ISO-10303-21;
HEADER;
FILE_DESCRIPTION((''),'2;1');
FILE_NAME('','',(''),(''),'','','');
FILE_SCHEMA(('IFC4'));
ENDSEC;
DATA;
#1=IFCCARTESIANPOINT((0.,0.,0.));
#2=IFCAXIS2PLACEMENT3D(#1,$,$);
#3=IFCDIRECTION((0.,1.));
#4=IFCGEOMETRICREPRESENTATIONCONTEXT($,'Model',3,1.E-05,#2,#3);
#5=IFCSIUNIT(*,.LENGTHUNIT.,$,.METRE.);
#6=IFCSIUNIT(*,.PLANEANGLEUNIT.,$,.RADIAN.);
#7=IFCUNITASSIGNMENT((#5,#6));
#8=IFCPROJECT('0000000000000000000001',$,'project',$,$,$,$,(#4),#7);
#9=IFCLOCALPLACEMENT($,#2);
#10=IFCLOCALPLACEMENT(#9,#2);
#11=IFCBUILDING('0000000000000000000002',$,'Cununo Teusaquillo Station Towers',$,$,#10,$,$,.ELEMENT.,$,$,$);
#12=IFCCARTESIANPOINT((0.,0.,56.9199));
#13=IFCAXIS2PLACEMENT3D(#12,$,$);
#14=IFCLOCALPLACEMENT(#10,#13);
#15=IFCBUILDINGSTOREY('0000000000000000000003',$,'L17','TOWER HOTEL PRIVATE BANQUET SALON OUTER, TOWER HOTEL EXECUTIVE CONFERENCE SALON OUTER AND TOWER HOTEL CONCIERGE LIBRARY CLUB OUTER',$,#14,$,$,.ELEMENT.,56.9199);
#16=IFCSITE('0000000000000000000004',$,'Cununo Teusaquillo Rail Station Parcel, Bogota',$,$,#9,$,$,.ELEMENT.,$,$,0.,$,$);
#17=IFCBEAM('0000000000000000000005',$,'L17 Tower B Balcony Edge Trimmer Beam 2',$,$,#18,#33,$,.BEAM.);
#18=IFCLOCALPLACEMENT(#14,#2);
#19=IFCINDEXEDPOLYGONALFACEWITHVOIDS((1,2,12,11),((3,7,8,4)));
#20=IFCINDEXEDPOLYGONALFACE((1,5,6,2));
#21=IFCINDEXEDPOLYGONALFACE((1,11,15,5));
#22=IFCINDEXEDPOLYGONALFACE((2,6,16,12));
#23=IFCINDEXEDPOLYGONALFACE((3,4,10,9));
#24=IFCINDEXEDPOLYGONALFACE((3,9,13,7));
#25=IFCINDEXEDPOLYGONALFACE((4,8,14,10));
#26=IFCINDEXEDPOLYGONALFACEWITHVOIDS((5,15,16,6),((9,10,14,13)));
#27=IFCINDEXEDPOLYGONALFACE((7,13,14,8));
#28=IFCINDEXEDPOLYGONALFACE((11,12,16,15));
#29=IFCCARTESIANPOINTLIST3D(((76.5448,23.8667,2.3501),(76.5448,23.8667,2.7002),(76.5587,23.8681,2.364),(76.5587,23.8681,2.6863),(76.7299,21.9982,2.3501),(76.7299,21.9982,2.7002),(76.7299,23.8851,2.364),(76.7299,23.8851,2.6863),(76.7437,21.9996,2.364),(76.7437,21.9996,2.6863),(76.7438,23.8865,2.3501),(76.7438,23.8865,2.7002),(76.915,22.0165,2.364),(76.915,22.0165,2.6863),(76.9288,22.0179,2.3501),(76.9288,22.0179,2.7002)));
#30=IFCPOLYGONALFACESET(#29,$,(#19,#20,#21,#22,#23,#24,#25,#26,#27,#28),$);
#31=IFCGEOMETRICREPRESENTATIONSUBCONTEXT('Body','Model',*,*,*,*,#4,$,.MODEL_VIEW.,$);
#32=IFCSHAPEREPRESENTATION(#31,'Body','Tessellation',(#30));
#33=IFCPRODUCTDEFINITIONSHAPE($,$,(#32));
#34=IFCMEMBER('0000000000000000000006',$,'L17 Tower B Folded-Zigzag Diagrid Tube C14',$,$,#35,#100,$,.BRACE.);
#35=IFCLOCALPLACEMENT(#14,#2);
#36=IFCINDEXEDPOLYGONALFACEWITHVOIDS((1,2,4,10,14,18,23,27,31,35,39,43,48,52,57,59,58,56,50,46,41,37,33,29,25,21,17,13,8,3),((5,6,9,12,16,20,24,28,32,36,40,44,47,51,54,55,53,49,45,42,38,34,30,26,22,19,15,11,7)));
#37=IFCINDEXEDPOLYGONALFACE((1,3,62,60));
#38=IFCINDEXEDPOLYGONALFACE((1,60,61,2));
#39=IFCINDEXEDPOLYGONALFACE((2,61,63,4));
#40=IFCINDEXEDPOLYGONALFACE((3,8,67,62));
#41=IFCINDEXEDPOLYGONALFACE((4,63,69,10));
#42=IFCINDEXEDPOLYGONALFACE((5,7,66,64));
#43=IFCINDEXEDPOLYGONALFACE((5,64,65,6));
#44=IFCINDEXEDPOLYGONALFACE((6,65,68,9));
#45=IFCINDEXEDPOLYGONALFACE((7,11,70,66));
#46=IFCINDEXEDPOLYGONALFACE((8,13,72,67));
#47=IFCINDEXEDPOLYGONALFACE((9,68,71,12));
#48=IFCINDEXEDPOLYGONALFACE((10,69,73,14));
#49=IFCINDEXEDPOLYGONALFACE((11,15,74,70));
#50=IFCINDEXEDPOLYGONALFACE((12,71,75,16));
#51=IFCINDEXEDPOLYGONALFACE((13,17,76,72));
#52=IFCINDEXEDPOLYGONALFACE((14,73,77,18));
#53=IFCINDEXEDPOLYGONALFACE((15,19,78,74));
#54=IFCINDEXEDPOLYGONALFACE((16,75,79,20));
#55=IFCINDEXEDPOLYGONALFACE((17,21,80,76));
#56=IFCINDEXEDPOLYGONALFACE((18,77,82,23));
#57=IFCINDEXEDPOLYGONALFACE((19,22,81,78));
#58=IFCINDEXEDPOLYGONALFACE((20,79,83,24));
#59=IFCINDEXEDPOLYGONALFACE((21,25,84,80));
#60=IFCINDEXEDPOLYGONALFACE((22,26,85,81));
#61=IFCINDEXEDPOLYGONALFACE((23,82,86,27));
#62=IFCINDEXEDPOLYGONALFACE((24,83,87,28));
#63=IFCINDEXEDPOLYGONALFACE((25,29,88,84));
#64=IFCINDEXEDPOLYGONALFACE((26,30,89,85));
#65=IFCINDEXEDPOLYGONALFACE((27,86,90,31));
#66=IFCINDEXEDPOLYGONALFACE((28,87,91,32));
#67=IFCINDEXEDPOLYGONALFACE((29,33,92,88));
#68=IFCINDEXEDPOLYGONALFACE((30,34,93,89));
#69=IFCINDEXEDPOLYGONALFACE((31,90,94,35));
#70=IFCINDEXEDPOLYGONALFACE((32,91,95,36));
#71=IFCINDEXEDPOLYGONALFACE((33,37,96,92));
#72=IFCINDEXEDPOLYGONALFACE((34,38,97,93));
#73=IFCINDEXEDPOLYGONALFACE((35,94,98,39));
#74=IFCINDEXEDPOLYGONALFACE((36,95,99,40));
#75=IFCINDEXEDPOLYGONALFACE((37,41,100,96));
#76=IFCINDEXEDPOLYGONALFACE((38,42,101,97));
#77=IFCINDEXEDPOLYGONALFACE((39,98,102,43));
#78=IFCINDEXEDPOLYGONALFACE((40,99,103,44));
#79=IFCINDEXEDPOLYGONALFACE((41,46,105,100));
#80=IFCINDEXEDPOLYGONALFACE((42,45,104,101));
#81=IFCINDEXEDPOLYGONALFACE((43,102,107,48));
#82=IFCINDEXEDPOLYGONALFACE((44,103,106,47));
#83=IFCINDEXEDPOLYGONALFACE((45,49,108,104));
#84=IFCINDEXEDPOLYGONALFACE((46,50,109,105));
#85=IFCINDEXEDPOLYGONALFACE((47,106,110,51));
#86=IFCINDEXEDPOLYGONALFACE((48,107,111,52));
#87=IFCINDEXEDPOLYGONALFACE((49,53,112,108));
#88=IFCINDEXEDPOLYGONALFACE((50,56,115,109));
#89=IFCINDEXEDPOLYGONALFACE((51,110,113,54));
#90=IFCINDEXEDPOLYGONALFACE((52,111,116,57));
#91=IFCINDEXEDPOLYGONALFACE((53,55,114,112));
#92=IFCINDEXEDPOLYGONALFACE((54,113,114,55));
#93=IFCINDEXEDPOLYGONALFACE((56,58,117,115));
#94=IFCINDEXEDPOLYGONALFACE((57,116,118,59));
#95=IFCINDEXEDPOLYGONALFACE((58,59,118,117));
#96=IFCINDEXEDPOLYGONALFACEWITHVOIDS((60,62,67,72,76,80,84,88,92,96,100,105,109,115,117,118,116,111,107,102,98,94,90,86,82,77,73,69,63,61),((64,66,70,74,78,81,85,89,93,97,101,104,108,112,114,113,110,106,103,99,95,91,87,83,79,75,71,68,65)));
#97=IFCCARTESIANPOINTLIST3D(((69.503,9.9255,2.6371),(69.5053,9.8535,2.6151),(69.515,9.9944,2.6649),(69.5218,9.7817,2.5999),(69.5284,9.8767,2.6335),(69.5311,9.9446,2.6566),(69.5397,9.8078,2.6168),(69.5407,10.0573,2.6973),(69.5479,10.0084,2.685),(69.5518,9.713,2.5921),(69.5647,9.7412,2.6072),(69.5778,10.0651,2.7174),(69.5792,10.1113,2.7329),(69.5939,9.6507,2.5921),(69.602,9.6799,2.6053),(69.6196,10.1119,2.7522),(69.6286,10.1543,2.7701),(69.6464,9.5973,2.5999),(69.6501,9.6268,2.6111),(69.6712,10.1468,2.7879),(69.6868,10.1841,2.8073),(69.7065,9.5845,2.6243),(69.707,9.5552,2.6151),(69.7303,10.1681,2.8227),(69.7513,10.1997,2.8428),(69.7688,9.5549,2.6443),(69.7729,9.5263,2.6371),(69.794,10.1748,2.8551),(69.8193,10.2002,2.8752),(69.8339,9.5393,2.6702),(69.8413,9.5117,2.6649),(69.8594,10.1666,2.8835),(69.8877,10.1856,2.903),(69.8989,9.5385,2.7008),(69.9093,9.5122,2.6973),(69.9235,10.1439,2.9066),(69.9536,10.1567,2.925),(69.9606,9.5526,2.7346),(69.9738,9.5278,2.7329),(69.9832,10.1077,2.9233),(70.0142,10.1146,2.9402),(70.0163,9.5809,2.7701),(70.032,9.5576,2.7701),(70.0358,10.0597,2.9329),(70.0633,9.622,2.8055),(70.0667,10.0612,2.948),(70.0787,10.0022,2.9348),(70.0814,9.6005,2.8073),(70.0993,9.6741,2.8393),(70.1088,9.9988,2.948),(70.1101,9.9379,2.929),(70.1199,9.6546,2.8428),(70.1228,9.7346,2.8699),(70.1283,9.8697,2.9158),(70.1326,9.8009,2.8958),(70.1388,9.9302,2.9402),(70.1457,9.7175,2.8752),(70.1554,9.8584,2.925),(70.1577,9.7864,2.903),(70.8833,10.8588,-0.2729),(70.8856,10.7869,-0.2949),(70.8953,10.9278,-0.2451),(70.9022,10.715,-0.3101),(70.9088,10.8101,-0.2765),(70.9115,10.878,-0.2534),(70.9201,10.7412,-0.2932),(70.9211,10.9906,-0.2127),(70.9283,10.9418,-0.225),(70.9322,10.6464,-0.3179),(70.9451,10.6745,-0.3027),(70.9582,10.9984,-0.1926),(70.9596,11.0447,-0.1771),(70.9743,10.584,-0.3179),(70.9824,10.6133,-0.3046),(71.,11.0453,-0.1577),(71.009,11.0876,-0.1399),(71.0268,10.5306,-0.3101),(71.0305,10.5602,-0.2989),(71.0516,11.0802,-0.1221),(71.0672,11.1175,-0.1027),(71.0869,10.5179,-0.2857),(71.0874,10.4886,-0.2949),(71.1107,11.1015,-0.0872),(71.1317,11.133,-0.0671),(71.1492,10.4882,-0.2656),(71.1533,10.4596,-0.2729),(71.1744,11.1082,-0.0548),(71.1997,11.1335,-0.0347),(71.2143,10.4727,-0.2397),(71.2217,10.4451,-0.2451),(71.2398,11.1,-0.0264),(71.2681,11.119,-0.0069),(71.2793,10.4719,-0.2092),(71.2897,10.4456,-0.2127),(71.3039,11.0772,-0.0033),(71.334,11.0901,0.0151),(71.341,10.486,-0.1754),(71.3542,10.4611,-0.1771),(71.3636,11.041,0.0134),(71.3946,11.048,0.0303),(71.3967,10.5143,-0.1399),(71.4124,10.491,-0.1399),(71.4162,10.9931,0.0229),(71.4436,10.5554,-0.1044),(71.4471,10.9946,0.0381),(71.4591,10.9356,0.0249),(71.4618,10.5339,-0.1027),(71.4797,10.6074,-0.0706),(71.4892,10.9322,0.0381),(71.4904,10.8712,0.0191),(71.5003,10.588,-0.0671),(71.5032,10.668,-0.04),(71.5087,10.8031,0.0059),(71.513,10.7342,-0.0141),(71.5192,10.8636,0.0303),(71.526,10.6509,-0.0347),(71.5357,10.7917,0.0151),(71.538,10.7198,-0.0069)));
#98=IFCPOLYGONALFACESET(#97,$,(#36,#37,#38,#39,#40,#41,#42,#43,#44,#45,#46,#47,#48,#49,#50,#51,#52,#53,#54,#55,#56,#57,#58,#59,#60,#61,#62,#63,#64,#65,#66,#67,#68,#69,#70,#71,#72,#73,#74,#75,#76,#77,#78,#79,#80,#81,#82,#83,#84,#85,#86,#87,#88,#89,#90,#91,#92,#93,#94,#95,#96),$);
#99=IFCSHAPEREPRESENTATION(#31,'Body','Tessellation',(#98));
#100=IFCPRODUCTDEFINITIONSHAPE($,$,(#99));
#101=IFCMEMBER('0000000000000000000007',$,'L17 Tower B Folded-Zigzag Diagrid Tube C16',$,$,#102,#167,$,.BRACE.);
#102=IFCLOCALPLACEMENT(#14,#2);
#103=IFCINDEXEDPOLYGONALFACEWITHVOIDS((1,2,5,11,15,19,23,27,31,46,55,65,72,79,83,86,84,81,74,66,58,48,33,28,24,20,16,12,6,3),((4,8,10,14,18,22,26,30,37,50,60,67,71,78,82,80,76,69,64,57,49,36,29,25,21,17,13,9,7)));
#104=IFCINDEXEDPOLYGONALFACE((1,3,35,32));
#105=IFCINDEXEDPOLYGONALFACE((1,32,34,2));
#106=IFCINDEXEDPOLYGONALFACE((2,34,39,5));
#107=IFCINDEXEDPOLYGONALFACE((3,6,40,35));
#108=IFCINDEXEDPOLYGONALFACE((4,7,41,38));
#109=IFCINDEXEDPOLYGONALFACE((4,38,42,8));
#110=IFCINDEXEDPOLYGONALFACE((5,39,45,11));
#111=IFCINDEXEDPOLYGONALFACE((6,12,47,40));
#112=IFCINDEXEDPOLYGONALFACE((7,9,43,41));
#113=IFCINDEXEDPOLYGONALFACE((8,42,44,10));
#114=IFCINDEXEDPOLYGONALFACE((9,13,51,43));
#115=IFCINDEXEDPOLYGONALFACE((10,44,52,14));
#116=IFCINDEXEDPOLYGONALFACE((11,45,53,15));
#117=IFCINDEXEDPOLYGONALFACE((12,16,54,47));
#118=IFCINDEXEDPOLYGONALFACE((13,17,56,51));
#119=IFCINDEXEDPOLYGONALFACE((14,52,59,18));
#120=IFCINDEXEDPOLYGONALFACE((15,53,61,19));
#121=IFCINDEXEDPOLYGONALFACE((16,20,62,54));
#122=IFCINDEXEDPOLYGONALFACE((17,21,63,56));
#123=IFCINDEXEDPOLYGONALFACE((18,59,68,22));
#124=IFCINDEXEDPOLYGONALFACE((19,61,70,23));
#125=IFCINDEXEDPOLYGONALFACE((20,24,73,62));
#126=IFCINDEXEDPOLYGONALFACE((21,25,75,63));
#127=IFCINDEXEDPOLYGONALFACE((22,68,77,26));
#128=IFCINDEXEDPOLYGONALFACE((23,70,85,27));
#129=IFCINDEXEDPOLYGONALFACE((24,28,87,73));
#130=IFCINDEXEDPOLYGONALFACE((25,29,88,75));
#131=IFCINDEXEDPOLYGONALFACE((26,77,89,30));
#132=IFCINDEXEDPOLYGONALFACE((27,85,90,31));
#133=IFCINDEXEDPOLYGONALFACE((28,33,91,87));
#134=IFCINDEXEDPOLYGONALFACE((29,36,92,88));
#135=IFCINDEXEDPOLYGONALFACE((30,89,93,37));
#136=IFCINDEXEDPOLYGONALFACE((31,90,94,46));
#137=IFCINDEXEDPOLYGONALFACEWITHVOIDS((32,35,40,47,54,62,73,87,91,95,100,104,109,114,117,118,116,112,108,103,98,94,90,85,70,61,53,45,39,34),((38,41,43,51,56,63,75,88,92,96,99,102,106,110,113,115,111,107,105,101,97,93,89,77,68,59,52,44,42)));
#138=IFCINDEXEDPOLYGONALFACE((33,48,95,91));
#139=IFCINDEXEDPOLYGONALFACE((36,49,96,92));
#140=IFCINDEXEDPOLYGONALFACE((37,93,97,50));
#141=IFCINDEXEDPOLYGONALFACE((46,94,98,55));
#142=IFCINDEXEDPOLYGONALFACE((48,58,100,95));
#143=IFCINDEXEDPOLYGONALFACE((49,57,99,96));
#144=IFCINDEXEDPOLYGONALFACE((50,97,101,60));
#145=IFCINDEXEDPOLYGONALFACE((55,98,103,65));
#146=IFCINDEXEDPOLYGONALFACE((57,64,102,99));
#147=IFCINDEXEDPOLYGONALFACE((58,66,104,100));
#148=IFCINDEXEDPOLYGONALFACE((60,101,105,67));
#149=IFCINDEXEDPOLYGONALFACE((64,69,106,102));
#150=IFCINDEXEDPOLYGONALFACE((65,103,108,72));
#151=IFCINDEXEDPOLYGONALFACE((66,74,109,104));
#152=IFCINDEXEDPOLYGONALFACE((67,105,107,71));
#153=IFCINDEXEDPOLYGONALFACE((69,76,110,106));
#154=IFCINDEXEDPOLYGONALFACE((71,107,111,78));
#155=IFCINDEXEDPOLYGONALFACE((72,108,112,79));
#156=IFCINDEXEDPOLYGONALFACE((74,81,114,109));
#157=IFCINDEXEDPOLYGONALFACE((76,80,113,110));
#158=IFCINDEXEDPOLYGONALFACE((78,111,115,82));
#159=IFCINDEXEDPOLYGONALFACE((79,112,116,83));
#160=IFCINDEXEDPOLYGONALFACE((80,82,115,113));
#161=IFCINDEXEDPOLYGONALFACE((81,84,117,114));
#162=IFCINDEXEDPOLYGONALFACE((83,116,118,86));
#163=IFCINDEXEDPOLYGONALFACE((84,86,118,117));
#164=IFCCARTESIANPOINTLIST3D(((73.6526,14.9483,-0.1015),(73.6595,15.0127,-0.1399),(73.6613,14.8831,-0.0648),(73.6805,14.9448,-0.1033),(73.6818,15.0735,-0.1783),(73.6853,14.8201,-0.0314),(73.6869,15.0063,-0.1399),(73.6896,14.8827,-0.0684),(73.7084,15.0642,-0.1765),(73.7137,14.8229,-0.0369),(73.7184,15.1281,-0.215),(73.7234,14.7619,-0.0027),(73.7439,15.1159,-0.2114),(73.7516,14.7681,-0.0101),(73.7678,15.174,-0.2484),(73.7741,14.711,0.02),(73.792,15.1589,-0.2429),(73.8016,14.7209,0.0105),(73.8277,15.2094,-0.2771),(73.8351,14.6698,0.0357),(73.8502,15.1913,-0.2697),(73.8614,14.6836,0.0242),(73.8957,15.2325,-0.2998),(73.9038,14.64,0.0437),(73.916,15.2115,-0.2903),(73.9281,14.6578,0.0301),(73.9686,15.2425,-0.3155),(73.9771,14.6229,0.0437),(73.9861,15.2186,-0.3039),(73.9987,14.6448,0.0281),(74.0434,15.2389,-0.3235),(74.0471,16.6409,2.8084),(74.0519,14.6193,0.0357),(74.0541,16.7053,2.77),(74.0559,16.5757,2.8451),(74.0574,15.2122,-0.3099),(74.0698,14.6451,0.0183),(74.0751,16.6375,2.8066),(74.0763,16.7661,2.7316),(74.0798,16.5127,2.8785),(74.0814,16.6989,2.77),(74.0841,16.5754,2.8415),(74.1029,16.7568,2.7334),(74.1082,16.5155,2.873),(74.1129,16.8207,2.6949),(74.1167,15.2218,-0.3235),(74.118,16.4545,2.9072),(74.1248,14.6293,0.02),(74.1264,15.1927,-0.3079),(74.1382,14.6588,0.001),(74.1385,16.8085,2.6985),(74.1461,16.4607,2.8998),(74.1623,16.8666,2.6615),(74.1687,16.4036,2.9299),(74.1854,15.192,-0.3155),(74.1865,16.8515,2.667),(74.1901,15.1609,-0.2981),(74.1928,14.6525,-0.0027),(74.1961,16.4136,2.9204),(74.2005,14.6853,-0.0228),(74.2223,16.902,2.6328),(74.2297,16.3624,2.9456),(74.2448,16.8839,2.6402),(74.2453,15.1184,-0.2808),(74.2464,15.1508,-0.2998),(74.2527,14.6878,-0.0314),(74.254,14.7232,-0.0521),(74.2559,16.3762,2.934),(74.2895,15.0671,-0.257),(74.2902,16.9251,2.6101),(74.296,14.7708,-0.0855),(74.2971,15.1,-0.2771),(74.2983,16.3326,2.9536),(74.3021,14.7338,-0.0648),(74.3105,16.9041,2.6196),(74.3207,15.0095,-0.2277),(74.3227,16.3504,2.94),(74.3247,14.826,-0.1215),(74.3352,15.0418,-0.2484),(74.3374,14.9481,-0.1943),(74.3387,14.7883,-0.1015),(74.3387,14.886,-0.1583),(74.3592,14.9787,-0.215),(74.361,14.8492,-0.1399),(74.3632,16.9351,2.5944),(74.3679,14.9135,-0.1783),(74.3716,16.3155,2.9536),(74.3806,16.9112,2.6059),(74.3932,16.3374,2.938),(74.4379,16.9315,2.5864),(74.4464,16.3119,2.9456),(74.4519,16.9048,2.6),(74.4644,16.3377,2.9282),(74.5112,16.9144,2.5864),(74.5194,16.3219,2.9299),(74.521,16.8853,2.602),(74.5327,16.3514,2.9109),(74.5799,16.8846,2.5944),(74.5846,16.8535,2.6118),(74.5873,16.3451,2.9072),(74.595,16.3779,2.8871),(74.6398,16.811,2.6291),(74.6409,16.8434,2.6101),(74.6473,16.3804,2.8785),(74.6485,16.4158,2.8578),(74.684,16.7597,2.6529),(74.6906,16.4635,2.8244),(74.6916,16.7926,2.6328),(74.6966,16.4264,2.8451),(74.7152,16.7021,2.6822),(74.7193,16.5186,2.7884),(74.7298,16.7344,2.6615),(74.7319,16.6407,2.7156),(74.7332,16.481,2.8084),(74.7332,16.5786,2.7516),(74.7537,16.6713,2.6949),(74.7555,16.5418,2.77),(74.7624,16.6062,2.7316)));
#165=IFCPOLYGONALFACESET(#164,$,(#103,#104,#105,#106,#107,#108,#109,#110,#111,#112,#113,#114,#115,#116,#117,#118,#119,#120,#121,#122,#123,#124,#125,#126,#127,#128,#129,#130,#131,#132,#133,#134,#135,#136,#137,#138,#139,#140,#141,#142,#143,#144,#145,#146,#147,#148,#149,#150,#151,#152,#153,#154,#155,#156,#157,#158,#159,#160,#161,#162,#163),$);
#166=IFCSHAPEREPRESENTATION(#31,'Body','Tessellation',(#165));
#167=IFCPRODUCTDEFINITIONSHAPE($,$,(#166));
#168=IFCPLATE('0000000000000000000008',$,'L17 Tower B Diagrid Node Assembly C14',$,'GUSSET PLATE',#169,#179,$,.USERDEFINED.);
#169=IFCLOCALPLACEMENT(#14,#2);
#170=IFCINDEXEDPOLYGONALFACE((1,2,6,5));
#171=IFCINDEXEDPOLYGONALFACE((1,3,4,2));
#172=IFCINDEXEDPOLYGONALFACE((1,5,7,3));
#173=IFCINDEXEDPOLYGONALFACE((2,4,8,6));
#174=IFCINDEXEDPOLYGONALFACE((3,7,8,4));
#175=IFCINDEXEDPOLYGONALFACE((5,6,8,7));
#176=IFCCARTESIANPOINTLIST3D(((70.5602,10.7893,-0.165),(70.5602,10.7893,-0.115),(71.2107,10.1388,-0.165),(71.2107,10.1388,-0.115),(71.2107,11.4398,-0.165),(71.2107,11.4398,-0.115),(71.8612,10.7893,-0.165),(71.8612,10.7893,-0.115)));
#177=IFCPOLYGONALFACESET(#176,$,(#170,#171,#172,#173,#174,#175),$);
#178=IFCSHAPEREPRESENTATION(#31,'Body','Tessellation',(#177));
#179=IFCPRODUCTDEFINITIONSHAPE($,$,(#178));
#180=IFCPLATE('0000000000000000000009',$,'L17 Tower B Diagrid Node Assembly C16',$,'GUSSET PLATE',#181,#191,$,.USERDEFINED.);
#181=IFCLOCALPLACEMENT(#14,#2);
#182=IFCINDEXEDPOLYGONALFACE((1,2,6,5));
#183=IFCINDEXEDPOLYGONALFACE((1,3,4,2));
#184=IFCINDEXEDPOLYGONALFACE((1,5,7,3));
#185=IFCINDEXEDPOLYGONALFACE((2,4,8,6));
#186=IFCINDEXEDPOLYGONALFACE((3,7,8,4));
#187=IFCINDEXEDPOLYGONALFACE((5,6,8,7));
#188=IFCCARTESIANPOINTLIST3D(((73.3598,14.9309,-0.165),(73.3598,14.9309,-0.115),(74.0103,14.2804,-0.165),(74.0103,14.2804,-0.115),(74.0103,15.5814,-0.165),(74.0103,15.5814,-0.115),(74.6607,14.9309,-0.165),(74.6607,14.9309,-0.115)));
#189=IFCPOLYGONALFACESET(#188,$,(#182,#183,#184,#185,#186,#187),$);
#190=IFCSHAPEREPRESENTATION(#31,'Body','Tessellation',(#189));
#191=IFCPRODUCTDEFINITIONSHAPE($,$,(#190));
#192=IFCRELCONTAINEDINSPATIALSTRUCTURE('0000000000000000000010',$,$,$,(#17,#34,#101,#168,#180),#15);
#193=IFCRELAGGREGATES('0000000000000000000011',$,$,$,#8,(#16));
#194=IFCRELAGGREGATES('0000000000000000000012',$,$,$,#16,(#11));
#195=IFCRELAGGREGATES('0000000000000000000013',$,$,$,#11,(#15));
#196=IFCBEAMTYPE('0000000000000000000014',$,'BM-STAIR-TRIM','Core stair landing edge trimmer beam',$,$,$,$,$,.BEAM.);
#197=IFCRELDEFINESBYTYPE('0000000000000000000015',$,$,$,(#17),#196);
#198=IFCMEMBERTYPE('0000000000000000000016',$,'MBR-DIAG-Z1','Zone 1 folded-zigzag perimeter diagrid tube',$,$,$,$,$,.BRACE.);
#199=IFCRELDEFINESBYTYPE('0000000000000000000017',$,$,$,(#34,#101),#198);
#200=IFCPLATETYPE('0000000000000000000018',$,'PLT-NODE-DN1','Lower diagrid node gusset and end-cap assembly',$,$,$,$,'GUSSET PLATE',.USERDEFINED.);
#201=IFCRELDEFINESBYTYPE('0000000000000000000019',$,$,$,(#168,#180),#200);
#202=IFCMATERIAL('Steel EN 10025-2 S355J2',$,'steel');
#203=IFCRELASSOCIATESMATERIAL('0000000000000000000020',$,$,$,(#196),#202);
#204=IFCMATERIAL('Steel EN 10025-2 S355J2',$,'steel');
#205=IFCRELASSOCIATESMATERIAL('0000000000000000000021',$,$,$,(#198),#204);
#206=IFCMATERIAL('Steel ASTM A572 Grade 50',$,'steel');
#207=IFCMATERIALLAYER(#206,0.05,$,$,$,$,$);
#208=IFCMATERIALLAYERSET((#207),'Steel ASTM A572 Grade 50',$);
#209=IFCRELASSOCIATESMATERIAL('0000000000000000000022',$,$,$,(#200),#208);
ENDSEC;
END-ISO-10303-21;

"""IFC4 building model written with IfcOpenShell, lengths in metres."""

from ifc_helpers import new_model, si_unit, direction, frame, origin, origin_2d, place, context, subcontext, project, spatial, rectangle, hollow_rectangle, hollow_circle, extrude, source, transform, mapped, material, layer, layer_set, material_profile, profile_set, type_object, element, save


model = new_model("IFC4")

# Units and contexts
model_context = context("Model", 3, precision=1e-05, world=origin(), true_north=direction((0.0, 1.0)))
body_context = subcontext(model_context, "Body", "Model", "MODEL_VIEW")
ifc_project = project(units=[si_unit("LENGTHUNIT", "METRE"), si_unit("PLANEANGLEUNIT", "RADIAN")], contexts=[model_context])

# Site, building, storey
site_placement = place(None, origin())
site = spatial("IfcSite", under=ifc_project, at=site_placement, Name="Cununo Teusaquillo Rail Station Parcel, Bogota", CompositionType="ELEMENT", RefElevation=0.0)
building_placement = place(site_placement, origin())
building = spatial("IfcBuilding", under=site, at=building_placement, Name="Cununo Teusaquillo Station Towers", CompositionType="ELEMENT")
storey_placement = place(building_placement, frame((0.0, 0.0, 56.9199)))
storey = spatial("IfcBuildingStorey", under=building, at=storey_placement, Name="L17", Description="TOWER HOTEL PRIVATE BANQUET SALON OUTER, TOWER HOTEL EXECUTIVE CONFERENCE SALON OUTER AND TOWER HOTEL CONCIERGE LIBRARY CLUB OUTER", CompositionType="ELEMENT", Elevation=56.9199)

# Beam
ifc_material_1 = material(Name="Steel EN 10025-2 S355J2", Category="steel")
ifc_material_profile_1 = material_profile(ifc_material_1, hollow_rectangle(XDim=0.2, YDim=0.3501, WallThickness=0.0139, at=origin_2d()), Name="RHS 350x200x14")
ifc_profile_set_1 = profile_set([ifc_material_profile_1], Name="Steel EN 10025-2 S355J2")
beam_type_1 = type_object("IfcBeamType", Name="BM-STAIR-TRIM", Description="Core stair landing edge trimmer beam", PredefinedType="BEAM", material=ifc_profile_set_1)
beam_1_placement = place(storey_placement, frame((76.8293, 22.0081, 2.5251), z_axis=(-0.098551, 0.995132, 0.0), x_axis=(-0.995132, -0.098551, 0.0)))
element("IfcBeam", 1, at=beam_1_placement, inside=storey, type_object=beam_type_1, Name="L17 Tower B Balcony Edge Trimmer Beam 2", PredefinedType="BEAM", context=body_context, shape_type="SweptSolid", body=[
    extrude(hollow_rectangle(XDim=0.2, YDim=0.3501, WallThickness=0.0139, at=origin_2d()), origin(), (0.0, 0.0, 1.0), 1.8777),
])

# Members
ifc_material_2 = material(Name="Steel EN 10025-2 S355J2", Category="steel")
ifc_material_profile_2 = material_profile(ifc_material_2, hollow_circle(Radius=0.3601, WallThickness=0.0281, at=origin_2d()), Name="CHS 720x28")
ifc_profile_set_2 = profile_set([ifc_material_profile_2], Name="Steel EN 10025-2 S355J2")
member_type = type_object("IfcMemberType", Name="MBR-DIAG-Z1", Description="Zone 1 folded-zigzag perimeter diagrid tube", PredefinedType="BRACE", material=ifc_profile_set_2)
member_1_placement = place(storey_placement, frame((71.2107, 10.7893, -0.1399), z_axis=(-0.411654, -0.278343, 0.867794), x_axis=(0.560132, -0.828403, 0.0)))
element("IfcMember", 2, at=member_1_placement, inside=storey, type_object=member_type, Name="L17 Tower B Folded-Zigzag Diagrid Tube C14", PredefinedType="BRACE", context=body_context, shape_type="SweptSolid", body=[
    extrude(hollow_circle(Radius=0.3601, WallThickness=0.0281, at=origin_2d()), origin(), (0.0, 0.0, 1.0), 3.3533),
])
member_2_placement = place(storey_placement, frame((74.0103, 14.9309, -0.1399), z_axis=(0.116401, 0.499384, 0.858526), x_axis=(-0.973894, 0.227003, 0.0)))
element("IfcMember", 3, at=member_2_placement, inside=storey, type_object=member_type, Name="L17 Tower B Folded-Zigzag Diagrid Tube C16", PredefinedType="BRACE", context=body_context, shape_type="SweptSolid", body=[
    extrude(hollow_circle(Radius=0.3601, WallThickness=0.0281, at=origin_2d()), origin(), (0.0, 0.0, 1.0), 3.3894),
])

# Plates
ifc_material_3 = material(Name="Steel ASTM A572 Grade 50", Category="steel")
ifc_layer_1 = layer(ifc_material_3, 0.05)
ifc_layer_set_1 = layer_set([ifc_layer_1], Name="Steel ASTM A572 Grade 50")
plate_type = type_object("IfcPlateType", Name="PLT-NODE-DN1", Description="Lower diagrid node gusset and end-cap assembly", ElementType="GUSSET PLATE", PredefinedType="USERDEFINED", material=ifc_layer_set_1)
shared_shape_1 = source(origin(), body_context, "Body", "SweptSolid", [
    extrude(rectangle(XDim=0.9199, YDim=0.9199, at=origin_2d()), origin(), (0.0, 0.0, 1.0), 0.05),
])
for number, where, z_axis, x_axis, name in (
    (4, (71.2107, 10.7893, -0.165), (0.0, 0.0, 1.0), (0.707107, 0.707107, 0.0), "L17 Tower B Diagrid Node Assembly C14"),
    (5, (74.0103, 14.9309, -0.165), (0.0, 0.0, 1.0), (0.707107, 0.707107, 0.0), "L17 Tower B Diagrid Node Assembly C16"),
):
    element("IfcPlate", number, at=place(storey_placement, frame(where, z_axis=z_axis, x_axis=x_axis)), inside=storey, type_object=plate_type, Name=name, ObjectType="GUSSET PLATE", PredefinedType="USERDEFINED", context=body_context, shape_type="MappedRepresentation", body=[
        mapped(shared_shape_1, transform((0.0, 0.0, 0.0), x_axis=(1.0, 0.0, 0.0), y_axis=(0.0, 1.0, 0.0), z_axis=(0.0, 0.0, 1.0), scale=1.0)),
    ])

save(model, "model.ifc")
